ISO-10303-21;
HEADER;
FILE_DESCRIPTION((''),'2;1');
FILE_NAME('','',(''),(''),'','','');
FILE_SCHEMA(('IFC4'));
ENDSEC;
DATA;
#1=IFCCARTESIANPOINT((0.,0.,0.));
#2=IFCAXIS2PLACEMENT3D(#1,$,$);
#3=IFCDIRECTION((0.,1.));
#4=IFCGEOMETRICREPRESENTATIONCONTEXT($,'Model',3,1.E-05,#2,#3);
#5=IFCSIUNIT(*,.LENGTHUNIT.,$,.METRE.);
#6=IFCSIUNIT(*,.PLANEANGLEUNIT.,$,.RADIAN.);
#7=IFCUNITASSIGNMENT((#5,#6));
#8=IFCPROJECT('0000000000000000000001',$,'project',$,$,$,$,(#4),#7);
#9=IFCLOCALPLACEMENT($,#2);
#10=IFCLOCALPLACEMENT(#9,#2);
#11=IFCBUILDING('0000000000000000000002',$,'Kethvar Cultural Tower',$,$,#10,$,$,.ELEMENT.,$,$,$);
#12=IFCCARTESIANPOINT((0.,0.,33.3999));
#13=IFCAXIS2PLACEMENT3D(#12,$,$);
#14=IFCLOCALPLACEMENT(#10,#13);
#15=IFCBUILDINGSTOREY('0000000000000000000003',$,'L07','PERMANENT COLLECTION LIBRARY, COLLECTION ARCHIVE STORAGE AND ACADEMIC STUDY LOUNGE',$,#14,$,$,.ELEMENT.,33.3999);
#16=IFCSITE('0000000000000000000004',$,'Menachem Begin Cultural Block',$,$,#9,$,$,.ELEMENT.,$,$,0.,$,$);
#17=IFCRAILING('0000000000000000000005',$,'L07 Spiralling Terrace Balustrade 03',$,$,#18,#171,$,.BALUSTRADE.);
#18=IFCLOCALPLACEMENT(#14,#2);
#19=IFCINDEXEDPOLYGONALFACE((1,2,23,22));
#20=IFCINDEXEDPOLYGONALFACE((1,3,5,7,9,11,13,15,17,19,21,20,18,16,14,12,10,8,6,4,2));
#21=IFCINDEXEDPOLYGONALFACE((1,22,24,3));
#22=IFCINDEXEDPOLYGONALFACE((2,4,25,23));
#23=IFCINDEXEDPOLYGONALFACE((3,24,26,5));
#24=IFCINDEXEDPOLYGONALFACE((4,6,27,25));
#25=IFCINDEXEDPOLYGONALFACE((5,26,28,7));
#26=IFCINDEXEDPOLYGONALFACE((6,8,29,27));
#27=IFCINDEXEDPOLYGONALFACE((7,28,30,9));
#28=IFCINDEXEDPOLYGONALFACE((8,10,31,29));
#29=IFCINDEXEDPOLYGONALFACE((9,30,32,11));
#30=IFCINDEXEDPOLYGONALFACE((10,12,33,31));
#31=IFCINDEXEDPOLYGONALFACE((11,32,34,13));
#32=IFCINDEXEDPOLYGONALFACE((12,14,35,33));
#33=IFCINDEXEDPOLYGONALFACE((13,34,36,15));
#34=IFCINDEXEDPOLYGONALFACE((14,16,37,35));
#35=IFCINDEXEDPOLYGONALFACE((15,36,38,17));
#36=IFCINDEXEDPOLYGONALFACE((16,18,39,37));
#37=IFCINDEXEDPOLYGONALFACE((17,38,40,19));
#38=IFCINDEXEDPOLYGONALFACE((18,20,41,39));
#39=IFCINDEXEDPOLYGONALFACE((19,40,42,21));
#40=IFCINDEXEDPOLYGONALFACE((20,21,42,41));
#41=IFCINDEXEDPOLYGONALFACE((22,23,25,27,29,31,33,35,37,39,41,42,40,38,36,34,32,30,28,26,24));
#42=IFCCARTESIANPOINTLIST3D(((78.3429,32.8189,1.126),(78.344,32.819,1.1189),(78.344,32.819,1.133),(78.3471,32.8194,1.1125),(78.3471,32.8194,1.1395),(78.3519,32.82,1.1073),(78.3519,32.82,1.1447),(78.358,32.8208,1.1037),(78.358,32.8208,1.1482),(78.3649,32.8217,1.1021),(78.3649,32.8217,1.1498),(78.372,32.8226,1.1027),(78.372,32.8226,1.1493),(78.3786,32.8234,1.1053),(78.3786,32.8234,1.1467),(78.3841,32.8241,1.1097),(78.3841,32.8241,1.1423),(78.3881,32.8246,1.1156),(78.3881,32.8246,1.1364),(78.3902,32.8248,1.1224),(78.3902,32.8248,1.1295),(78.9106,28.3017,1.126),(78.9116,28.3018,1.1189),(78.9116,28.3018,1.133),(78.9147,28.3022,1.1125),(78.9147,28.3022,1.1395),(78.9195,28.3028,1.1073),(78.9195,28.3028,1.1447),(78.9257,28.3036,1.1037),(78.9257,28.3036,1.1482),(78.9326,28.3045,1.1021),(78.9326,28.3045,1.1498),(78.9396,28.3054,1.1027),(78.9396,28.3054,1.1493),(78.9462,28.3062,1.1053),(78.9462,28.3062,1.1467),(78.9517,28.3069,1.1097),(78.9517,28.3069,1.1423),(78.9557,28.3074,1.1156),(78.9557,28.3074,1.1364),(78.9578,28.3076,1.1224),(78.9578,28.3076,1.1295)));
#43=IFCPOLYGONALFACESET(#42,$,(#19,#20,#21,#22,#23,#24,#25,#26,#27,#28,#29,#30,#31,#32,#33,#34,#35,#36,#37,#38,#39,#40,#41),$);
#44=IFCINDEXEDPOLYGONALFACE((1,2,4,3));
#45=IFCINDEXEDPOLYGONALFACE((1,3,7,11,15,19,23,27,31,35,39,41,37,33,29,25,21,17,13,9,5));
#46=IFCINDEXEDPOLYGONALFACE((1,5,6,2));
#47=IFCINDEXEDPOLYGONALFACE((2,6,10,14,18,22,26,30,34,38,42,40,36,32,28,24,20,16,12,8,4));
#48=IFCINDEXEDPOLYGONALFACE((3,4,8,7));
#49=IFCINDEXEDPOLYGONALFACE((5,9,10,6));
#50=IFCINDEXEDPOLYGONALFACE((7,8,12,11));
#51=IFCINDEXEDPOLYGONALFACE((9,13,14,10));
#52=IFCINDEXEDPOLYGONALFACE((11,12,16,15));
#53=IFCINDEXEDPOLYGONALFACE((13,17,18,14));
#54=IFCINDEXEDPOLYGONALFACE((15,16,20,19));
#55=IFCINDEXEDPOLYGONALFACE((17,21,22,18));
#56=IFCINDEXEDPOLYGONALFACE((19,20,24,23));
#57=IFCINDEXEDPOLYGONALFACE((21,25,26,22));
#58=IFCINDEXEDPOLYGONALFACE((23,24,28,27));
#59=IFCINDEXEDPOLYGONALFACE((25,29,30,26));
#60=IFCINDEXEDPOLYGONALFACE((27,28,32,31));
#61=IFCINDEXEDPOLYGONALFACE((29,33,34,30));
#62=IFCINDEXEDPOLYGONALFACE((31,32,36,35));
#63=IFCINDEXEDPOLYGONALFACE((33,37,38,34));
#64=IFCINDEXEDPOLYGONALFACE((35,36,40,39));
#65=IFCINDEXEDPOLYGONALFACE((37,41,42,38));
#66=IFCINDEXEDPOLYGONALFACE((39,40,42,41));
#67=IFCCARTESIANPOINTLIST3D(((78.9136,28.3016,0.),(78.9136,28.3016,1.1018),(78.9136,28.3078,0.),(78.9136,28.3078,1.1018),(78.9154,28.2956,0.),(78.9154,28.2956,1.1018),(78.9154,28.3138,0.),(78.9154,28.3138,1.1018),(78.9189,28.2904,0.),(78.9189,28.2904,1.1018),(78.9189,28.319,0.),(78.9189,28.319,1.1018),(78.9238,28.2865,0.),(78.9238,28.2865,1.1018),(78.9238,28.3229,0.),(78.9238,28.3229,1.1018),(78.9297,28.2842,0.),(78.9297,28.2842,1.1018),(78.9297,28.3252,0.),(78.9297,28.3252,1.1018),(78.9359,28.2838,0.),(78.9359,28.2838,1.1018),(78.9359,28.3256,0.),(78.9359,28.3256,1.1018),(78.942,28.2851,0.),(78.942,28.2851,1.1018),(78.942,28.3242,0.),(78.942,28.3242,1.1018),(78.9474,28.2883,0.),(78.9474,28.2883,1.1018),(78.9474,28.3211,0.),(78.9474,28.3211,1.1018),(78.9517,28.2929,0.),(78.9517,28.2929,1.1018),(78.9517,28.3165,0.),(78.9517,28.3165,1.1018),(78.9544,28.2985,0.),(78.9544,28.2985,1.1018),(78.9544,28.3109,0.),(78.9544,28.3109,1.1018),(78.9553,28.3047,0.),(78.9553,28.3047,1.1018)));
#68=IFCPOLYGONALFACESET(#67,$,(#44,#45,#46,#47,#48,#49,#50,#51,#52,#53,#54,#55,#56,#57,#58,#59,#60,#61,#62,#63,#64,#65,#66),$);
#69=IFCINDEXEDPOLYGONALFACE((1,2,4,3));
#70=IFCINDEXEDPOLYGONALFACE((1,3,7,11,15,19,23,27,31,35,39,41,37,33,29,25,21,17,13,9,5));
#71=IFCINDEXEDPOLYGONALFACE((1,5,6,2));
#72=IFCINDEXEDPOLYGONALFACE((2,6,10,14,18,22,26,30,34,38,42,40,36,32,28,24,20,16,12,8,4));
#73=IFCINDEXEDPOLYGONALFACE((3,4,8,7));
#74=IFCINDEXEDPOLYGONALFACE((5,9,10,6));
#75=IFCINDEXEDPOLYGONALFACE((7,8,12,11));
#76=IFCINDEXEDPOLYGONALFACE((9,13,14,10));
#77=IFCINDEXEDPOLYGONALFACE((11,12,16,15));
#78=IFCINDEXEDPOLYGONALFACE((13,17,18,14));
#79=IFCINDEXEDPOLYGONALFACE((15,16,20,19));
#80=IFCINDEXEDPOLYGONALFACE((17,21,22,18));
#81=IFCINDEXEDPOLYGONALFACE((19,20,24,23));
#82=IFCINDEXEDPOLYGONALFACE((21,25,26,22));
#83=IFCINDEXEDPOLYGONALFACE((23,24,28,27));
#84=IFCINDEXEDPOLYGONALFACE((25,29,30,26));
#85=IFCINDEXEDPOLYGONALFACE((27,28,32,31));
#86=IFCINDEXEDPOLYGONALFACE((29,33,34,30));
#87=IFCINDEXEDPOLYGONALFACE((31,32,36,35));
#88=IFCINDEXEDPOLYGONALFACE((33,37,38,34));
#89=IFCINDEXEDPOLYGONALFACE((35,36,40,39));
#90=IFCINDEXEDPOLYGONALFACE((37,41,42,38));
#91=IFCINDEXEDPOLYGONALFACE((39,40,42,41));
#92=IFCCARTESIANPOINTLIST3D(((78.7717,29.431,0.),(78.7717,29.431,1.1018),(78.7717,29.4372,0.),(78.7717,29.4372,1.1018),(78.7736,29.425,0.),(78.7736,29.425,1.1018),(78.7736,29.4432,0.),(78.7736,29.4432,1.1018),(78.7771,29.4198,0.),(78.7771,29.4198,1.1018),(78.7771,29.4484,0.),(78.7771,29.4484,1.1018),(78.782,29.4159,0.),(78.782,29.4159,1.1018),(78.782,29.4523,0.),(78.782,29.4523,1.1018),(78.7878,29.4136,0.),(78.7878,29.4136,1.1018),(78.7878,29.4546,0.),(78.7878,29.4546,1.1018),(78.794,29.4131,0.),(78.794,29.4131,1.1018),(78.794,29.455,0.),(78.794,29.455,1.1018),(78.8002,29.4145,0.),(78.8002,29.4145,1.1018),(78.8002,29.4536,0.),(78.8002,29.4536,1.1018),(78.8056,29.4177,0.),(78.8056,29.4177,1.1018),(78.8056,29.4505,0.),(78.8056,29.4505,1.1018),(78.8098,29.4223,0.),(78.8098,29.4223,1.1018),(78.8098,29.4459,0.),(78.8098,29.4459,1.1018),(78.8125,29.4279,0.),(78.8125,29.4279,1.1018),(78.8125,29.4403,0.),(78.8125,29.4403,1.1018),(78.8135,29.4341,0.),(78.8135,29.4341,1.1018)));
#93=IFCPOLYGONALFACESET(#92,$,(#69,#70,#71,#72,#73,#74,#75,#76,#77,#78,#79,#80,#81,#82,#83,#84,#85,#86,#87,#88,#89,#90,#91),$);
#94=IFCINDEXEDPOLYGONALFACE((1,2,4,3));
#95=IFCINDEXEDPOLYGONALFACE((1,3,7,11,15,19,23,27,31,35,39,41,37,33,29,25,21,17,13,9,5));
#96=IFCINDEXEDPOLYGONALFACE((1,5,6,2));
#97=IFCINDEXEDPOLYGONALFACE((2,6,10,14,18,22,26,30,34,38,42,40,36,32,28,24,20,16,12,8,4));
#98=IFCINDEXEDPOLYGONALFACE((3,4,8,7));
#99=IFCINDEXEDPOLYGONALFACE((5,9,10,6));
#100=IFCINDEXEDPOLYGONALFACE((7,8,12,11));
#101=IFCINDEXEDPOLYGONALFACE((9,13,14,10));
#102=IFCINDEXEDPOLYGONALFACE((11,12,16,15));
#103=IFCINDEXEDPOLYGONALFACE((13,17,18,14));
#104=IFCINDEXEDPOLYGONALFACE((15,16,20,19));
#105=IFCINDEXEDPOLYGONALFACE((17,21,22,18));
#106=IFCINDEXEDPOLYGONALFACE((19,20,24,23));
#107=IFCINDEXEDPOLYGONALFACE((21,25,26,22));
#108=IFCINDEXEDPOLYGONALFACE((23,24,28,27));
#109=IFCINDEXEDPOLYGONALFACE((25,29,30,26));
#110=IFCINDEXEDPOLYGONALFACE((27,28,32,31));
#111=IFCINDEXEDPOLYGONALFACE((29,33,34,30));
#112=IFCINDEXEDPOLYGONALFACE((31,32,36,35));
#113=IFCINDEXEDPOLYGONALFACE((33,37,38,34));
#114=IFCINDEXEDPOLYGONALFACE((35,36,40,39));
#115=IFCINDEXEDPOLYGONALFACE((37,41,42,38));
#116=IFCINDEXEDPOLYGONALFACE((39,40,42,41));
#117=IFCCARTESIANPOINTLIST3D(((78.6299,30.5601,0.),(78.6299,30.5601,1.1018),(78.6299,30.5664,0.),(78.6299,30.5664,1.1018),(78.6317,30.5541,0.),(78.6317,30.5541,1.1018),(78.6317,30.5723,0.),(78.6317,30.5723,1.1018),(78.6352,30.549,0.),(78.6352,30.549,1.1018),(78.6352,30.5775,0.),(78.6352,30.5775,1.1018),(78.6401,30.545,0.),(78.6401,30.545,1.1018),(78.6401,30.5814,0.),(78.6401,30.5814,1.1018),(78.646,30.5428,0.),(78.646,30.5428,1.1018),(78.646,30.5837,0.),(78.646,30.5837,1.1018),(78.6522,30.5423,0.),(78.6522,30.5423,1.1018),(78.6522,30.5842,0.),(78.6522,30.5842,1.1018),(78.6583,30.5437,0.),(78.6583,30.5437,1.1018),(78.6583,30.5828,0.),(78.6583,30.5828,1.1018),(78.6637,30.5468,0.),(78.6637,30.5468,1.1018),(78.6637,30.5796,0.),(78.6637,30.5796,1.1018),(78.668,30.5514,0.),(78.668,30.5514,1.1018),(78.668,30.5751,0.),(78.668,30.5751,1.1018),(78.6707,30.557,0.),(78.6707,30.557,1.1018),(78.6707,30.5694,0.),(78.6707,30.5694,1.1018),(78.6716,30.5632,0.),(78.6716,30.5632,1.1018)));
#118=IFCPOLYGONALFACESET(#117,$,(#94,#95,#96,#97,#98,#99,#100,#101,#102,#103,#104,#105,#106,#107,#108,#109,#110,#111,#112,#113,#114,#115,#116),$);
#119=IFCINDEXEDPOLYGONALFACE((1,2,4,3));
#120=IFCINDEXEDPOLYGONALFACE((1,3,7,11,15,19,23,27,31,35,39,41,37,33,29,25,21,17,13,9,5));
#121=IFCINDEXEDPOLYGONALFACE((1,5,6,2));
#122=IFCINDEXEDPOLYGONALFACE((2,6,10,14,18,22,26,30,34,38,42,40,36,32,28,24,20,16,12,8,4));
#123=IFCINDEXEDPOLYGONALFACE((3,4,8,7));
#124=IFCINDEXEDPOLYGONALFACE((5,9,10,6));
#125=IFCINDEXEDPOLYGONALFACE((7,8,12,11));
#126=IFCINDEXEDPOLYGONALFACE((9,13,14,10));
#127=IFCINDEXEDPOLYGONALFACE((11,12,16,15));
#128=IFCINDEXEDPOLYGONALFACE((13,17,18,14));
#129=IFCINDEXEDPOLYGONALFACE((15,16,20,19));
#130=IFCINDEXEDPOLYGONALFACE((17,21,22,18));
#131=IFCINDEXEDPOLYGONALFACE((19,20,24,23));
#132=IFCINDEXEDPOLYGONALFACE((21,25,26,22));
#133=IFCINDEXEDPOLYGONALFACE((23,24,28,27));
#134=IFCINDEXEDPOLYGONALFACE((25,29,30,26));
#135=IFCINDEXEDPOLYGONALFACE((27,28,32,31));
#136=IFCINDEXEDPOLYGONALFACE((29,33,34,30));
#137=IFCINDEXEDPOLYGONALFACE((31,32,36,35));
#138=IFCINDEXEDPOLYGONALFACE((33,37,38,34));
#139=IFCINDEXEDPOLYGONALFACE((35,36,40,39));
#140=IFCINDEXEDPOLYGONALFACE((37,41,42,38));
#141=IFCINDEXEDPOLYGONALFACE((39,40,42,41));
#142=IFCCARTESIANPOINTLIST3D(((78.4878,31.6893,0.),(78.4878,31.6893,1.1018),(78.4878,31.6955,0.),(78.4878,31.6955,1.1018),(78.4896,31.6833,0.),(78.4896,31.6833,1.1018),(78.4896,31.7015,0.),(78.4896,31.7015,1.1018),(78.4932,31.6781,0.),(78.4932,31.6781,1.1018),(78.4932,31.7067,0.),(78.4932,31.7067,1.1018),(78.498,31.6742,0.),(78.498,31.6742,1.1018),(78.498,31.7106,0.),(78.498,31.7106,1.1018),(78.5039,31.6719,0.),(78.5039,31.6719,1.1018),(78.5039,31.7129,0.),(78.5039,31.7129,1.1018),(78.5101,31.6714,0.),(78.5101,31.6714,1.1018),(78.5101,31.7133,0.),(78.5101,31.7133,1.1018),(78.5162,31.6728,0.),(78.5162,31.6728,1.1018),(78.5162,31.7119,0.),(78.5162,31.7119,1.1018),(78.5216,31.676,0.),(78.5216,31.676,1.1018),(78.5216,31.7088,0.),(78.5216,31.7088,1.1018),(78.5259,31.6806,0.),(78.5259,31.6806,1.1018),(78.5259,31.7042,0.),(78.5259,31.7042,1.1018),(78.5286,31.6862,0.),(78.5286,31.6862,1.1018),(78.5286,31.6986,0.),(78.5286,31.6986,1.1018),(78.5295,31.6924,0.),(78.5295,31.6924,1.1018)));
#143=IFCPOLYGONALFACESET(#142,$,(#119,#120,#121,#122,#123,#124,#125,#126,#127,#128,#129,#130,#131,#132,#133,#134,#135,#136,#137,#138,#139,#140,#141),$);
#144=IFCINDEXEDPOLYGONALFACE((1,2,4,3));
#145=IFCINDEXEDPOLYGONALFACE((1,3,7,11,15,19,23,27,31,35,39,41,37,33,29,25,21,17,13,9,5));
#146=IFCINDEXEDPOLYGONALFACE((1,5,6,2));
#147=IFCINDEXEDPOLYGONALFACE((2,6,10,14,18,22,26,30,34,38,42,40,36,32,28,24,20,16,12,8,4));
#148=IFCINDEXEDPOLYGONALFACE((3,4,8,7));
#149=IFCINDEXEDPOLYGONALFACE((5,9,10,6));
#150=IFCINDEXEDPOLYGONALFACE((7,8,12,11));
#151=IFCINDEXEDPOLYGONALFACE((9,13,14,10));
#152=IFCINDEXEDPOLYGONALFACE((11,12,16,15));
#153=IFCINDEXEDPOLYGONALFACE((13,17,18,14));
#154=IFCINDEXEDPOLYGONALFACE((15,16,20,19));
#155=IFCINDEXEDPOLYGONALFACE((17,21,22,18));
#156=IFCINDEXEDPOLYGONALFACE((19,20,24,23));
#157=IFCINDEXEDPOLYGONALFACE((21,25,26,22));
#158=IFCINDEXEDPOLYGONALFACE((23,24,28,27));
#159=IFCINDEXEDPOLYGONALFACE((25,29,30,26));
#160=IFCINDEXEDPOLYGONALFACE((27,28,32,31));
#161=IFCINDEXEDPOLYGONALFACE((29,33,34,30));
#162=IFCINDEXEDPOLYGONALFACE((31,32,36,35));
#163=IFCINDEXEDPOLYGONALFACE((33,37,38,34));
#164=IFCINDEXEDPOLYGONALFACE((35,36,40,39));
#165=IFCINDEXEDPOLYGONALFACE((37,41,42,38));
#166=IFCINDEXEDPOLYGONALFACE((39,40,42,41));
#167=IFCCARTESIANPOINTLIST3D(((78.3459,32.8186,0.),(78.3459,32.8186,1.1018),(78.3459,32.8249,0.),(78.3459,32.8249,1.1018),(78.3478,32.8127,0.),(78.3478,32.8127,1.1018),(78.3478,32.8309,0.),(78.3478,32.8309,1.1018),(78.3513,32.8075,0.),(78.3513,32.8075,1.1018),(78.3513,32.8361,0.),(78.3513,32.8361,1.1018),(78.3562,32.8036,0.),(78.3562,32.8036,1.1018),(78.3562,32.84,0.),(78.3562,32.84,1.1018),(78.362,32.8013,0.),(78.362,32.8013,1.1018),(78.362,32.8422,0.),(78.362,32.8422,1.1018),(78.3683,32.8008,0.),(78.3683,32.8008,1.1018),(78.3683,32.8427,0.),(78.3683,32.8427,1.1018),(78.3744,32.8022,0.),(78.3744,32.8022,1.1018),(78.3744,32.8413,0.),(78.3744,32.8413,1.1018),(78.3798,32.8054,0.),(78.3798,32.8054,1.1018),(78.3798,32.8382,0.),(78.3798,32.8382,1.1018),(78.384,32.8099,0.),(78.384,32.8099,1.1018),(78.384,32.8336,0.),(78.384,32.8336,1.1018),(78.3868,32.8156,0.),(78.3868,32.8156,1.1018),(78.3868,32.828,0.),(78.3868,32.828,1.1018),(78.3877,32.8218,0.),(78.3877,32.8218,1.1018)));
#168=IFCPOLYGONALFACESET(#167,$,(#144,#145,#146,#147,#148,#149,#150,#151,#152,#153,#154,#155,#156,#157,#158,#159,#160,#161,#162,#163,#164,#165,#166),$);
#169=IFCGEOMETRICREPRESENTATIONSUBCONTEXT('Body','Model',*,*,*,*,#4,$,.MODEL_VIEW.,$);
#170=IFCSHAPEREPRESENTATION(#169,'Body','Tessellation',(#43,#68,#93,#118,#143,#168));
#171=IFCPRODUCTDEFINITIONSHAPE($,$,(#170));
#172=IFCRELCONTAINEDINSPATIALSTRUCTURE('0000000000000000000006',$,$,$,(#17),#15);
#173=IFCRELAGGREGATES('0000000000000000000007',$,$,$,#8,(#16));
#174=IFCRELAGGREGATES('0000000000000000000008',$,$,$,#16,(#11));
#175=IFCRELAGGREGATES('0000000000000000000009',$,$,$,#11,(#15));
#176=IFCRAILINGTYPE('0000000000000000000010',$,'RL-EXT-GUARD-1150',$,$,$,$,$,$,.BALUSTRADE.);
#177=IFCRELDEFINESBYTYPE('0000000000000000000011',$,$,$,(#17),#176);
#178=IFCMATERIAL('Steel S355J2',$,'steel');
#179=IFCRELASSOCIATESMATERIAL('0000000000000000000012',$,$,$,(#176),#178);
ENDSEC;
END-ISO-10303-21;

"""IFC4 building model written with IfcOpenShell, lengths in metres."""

from ifc_helpers import new_model, si_unit, direction, frame, origin, origin_2d, place, context, subcontext, project, spatial, circle, extrude, material, type_object, element, save


model = new_model("IFC4")

# Units and contexts
model_context = context("Model", 3, precision=1e-05, world=origin(), true_north=direction((0.0, 1.0)))
body_context = subcontext(model_context, "Body", "Model", "MODEL_VIEW")
ifc_project = project(units=[si_unit("LENGTHUNIT", "METRE"), si_unit("PLANEANGLEUNIT", "RADIAN")], contexts=[model_context])

# Site, building, storey
site_placement = place(None, origin())
site = spatial("IfcSite", under=ifc_project, at=site_placement, Name="Menachem Begin Cultural Block", CompositionType="ELEMENT", RefElevation=0.0)
building_placement = place(site_placement, origin())
building = spatial("IfcBuilding", under=site, at=building_placement, Name="Kethvar Cultural Tower", CompositionType="ELEMENT")
storey_placement = place(building_placement, frame((0.0, 0.0, 33.3999)))
storey = spatial("IfcBuildingStorey", under=building, at=storey_placement, Name="L07", Description="PERMANENT COLLECTION LIBRARY, COLLECTION ARCHIVE STORAGE AND ACADEMIC STUDY LOUNGE", CompositionType="ELEMENT", Elevation=33.3999)

# Shared definitions
ifc_material_1 = material(Name="Steel S355J2", Category="steel")

# Railing
railing_type = type_object("IfcRailingType", Name="RL-EXT-GUARD-1150", PredefinedType="BALUSTRADE", material=ifc_material_1)
railing_1_placement = place(storey_placement, frame((78.9343, 28.3047, 0.0)))
element("IfcRailing", 1, at=railing_1_placement, inside=storey, type_object=railing_type, Name="L07 Spiralling Terrace Balustrade 03", PredefinedType="BALUSTRADE", context=body_context, shape_type="SweptSolid", body=[
    extrude(circle(Radius=0.0239, at=origin_2d()), frame((0.0, 0.0, 1.126), z_axis=(-0.124682, 0.992197, 0.0), x_axis=(-0.992197, -0.124682, 0.0)), (0.0, 0.0, 1.0), 4.5527),
    extrude(circle(Radius=0.021, at=origin_2d()), origin(), (0.0, 0.0, 1.0), 1.1018),
    extrude(circle(Radius=0.021, at=origin_2d()), frame((-0.1418, 1.1294, 0.0)), (0.0, 0.0, 1.0), 1.1018),
    extrude(circle(Radius=0.021, at=origin_2d()), frame((-0.2837, 2.2585, 0.0)), (0.0, 0.0, 1.0), 1.1018),
    extrude(circle(Radius=0.021, at=origin_2d()), frame((-0.4258, 3.3877, 0.0)), (0.0, 0.0, 1.0), 1.1018),
    extrude(circle(Radius=0.021, at=origin_2d()), frame((-0.5676, 4.5171, 0.0)), (0.0, 0.0, 1.0), 1.1018),
])

save(model, "model.ifc")
